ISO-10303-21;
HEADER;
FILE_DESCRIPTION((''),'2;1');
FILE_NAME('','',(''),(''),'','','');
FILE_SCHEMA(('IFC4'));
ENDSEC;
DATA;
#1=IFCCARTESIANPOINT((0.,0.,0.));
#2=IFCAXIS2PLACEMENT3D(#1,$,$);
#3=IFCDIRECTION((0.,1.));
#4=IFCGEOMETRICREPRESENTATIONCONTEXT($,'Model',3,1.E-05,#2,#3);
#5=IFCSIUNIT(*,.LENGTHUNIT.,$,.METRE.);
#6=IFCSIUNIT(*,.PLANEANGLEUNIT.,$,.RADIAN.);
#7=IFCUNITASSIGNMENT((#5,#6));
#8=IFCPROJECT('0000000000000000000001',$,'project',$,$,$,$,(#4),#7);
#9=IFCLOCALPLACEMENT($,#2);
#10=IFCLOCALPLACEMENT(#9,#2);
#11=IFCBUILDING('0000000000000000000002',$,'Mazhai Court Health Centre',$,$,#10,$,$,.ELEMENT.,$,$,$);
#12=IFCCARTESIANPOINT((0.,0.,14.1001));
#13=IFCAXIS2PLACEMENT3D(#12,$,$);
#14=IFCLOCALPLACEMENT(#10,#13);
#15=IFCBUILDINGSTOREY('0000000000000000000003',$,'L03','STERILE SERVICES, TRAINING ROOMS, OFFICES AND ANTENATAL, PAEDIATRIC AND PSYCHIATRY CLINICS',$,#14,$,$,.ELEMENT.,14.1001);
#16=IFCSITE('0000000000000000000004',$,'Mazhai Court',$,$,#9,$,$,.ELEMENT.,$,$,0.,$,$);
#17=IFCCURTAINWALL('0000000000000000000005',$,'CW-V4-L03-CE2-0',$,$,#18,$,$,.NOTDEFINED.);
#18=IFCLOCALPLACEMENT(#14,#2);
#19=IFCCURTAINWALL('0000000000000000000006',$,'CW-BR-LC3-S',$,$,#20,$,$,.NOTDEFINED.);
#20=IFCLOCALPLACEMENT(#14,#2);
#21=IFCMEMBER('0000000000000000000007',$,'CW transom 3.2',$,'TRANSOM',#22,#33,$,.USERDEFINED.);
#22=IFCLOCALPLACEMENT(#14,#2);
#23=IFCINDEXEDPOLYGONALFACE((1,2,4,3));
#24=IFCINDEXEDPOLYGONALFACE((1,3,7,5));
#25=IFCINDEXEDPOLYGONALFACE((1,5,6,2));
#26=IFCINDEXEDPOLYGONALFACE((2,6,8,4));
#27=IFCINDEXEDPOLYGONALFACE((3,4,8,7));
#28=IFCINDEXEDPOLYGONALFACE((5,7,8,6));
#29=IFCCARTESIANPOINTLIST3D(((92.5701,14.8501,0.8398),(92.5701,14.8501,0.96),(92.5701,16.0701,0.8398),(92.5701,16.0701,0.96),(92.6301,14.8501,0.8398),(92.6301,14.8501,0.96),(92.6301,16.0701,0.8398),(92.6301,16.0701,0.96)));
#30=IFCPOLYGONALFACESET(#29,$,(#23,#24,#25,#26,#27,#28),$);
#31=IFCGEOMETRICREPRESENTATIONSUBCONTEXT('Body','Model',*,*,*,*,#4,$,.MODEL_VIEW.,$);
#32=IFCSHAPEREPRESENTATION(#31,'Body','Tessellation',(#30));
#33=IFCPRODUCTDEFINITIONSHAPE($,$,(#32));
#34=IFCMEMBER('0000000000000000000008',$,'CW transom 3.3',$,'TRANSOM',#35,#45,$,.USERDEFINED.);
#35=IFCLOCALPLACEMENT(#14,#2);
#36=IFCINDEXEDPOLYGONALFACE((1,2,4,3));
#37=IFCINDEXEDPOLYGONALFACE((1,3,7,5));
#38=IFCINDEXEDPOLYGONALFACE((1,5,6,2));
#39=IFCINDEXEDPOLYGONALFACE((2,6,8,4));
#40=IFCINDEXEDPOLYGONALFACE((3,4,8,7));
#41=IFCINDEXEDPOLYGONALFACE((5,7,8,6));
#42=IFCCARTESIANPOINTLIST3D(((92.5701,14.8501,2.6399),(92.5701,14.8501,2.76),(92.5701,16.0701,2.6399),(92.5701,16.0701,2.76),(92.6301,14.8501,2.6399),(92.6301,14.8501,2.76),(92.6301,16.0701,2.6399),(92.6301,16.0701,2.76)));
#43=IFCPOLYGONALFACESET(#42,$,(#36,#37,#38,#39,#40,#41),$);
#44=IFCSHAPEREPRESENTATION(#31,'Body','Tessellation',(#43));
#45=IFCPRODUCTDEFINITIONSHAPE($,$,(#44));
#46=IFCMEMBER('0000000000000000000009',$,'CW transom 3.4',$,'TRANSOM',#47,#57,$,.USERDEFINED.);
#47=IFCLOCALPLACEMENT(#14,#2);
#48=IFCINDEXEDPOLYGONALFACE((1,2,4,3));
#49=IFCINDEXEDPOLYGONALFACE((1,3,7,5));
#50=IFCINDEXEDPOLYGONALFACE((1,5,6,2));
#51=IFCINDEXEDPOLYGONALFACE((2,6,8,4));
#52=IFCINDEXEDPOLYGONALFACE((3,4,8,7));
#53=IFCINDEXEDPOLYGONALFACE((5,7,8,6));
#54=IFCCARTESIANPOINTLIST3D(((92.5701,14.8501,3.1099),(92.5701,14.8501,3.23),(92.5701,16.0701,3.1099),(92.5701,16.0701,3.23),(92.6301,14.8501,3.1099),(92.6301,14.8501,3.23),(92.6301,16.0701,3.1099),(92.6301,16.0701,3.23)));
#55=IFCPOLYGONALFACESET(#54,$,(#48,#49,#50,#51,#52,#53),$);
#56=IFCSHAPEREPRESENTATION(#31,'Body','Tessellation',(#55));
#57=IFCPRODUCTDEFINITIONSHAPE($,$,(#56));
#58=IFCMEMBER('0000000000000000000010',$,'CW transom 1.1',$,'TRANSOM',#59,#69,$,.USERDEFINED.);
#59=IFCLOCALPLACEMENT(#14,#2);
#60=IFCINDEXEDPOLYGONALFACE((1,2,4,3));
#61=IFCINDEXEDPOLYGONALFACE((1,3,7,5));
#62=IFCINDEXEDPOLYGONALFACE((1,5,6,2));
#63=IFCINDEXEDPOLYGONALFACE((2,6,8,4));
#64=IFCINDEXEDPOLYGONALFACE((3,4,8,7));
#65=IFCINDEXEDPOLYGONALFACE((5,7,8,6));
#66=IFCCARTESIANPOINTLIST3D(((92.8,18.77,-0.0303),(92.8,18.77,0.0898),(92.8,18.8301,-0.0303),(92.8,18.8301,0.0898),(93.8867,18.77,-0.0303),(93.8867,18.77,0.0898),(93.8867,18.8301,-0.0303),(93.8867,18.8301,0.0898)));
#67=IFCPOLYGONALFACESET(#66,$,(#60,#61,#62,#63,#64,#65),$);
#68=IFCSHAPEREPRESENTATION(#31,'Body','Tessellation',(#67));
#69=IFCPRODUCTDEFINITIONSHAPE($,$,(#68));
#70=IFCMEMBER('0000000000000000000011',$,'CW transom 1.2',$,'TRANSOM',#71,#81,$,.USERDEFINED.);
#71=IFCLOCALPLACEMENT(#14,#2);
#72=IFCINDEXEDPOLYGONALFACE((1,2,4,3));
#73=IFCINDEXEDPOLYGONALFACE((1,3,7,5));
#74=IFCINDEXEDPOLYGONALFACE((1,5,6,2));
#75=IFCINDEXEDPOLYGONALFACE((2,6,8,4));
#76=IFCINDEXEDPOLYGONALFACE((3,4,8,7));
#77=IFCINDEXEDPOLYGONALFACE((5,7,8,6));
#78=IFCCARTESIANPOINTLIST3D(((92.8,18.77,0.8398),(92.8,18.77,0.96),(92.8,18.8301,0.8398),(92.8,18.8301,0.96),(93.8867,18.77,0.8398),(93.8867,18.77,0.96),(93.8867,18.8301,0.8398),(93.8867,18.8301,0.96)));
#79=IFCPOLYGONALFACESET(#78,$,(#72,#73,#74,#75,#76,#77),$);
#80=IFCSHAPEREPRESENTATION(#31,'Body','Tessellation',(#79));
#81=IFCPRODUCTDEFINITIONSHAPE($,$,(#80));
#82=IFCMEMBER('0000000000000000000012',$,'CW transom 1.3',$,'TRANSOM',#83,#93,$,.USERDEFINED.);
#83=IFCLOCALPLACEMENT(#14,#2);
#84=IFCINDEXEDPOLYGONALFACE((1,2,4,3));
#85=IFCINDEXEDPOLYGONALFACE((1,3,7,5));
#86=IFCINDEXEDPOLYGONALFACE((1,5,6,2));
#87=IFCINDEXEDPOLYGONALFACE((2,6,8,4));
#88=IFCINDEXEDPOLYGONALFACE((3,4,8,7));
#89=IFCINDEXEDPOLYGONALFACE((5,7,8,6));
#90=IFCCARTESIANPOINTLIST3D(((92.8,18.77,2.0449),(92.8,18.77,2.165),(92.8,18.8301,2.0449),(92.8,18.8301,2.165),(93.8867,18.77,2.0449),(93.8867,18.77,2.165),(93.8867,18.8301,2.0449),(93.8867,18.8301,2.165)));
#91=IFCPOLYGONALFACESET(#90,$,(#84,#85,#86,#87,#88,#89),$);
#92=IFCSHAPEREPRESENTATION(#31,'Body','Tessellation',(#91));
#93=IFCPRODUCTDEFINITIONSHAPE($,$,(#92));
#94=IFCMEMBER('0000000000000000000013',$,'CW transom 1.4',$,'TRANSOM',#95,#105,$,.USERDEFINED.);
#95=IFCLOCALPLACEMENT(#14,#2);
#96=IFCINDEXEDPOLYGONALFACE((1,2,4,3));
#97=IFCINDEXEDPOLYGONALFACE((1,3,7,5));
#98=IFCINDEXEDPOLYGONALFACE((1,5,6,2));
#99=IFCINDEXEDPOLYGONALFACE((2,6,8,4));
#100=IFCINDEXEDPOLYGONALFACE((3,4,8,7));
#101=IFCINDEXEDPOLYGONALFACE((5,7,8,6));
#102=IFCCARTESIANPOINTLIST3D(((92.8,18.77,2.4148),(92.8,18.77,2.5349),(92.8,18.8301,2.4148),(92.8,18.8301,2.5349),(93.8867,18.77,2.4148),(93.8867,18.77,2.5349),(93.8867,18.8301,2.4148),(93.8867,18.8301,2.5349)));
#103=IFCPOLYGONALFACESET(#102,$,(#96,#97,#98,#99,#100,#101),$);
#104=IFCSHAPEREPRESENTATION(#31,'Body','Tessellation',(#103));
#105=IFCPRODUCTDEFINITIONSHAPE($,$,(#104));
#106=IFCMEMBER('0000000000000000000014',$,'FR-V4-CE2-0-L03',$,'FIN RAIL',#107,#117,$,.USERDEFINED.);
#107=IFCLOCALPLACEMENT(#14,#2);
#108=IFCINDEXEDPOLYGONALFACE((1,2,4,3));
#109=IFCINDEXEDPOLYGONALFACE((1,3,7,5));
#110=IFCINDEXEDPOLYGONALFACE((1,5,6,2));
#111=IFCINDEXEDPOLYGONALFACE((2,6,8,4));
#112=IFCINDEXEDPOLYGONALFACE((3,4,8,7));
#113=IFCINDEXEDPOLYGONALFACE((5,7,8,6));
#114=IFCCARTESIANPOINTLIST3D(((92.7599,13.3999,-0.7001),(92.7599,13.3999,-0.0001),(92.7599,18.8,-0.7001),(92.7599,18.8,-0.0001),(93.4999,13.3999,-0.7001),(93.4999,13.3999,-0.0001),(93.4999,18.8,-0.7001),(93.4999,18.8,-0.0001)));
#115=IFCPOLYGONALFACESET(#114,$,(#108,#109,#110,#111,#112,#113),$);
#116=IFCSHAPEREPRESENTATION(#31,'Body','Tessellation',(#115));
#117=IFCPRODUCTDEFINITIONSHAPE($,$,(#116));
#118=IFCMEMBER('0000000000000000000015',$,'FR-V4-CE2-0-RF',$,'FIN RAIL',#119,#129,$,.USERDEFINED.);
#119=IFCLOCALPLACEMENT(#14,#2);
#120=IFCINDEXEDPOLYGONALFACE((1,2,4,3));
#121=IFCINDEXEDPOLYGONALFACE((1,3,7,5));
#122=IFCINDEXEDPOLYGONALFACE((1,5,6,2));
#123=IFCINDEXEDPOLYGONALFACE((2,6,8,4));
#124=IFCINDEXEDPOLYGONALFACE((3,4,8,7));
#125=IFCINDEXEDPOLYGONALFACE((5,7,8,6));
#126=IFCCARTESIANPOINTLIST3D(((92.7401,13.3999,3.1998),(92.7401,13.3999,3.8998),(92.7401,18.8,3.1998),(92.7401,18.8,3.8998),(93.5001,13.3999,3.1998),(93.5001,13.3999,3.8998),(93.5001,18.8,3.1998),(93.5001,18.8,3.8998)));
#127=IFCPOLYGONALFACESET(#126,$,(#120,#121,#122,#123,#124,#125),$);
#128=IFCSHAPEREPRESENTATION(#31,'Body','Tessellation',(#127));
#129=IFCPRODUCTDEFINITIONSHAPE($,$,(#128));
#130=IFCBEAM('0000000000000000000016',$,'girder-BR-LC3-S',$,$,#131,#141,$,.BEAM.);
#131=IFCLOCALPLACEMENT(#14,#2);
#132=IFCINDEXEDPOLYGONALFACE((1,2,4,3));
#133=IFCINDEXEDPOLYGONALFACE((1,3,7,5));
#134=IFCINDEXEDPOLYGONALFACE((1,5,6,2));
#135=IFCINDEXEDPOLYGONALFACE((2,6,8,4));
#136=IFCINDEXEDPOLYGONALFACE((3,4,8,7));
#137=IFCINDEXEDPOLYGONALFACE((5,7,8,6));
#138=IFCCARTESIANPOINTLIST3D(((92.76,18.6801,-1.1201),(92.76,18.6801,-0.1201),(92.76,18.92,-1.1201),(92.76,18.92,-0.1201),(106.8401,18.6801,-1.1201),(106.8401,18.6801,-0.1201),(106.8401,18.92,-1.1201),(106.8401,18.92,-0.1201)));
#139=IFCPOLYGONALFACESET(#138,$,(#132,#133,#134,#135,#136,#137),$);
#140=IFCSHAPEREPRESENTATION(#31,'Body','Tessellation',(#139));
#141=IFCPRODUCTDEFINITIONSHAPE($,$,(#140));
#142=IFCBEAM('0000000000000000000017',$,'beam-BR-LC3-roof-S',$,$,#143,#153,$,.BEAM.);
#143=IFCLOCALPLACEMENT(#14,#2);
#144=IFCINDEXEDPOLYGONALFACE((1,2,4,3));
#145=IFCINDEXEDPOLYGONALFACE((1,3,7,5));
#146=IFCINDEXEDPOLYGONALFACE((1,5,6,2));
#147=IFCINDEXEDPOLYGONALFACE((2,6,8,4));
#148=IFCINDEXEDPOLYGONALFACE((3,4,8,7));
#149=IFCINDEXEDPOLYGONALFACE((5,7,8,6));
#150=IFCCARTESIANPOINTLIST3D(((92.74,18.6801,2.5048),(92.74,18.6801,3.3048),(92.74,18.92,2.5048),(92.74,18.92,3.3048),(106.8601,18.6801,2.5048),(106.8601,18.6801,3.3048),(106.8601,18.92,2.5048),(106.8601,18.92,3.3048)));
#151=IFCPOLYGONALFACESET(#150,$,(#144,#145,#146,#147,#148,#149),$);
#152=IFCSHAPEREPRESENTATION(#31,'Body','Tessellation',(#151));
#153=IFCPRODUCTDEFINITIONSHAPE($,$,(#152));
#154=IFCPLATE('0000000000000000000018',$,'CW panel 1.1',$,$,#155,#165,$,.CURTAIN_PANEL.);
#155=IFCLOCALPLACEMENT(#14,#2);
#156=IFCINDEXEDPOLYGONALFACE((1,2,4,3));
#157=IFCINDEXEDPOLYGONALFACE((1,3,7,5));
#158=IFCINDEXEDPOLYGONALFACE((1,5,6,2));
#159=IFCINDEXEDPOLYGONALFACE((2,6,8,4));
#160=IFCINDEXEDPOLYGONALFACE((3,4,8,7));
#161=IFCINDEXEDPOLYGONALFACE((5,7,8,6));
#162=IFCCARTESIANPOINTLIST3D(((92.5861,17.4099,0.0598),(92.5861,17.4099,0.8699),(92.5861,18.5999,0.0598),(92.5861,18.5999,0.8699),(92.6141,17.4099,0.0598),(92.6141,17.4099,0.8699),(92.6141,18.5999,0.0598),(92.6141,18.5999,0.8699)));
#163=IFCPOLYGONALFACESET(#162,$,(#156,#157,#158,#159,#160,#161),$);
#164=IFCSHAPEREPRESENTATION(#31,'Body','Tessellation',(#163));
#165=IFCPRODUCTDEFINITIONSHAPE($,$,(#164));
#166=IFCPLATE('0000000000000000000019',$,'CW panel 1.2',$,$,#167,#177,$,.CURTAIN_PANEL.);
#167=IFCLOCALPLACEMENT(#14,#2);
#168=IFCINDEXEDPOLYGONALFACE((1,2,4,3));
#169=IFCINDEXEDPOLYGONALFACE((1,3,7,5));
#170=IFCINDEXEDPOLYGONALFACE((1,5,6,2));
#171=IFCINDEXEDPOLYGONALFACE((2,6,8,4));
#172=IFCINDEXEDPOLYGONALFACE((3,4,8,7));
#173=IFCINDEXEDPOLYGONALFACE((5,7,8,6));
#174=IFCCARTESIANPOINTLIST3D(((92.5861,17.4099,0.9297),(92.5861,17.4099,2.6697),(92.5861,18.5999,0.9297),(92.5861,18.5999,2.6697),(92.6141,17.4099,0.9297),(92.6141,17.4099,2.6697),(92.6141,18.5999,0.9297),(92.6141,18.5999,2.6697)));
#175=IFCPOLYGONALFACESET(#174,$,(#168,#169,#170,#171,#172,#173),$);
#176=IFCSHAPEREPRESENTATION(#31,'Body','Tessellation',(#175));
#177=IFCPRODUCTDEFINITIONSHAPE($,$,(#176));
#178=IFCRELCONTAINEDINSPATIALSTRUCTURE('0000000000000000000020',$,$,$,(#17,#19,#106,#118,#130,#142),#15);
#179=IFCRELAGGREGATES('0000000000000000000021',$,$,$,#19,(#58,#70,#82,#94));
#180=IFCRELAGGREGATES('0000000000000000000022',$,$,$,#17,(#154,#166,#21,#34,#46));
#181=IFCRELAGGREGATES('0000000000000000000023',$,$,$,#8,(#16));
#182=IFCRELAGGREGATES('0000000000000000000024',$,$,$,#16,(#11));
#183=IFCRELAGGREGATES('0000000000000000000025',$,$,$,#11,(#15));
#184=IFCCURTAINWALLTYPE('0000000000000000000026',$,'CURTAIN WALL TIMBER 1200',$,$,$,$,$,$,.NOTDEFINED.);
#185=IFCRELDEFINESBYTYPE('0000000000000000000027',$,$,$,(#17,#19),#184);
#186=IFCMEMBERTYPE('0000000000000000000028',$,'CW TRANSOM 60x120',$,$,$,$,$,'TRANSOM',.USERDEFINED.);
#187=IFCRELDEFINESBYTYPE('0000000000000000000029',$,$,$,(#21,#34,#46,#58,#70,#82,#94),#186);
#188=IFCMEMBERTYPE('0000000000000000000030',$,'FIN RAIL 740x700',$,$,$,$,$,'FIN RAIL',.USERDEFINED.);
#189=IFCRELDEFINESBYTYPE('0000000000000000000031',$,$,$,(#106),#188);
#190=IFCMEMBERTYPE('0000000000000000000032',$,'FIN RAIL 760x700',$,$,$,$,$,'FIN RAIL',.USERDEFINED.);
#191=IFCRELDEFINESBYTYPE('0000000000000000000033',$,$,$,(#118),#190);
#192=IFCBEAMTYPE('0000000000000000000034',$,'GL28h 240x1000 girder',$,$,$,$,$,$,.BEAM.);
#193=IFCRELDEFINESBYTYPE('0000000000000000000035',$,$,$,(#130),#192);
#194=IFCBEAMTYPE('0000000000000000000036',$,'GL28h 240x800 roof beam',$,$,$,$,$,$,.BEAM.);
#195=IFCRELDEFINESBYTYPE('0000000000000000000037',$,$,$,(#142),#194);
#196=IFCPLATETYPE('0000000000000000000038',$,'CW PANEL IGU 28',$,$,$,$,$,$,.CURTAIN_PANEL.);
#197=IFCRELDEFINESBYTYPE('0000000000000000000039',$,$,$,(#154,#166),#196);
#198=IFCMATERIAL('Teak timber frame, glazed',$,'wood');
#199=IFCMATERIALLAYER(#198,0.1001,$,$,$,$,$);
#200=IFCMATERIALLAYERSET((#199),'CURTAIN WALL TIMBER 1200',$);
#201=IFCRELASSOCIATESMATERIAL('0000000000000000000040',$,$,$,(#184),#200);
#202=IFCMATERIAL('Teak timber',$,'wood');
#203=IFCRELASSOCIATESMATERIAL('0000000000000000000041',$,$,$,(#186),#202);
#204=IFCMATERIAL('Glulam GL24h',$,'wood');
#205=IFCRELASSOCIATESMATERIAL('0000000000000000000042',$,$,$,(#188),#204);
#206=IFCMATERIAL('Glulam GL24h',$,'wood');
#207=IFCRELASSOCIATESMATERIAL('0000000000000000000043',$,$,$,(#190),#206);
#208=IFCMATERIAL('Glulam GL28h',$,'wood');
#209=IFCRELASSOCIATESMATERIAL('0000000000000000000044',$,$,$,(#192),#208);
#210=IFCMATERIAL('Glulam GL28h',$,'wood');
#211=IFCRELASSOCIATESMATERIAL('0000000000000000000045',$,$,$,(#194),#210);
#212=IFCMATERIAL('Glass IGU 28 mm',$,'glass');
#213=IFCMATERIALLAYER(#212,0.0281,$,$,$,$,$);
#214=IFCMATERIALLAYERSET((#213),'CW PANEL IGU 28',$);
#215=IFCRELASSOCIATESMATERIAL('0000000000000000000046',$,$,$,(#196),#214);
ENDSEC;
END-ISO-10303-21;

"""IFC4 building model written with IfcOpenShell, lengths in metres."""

from ifc_helpers import new_model, si_unit, direction, frame, origin, origin_2d, place, context, subcontext, project, spatial, rectangle, extrude, material, layer, layer_set, material_profile, profile_set, type_object, element, aggregate, save


model = new_model("IFC4")

# Units and contexts
model_context = context("Model", 3, precision=1e-05, world=origin(), true_north=direction((0.0, 1.0)))
body_context = subcontext(model_context, "Body", "Model", "MODEL_VIEW")
ifc_project = project(units=[si_unit("LENGTHUNIT", "METRE"), si_unit("PLANEANGLEUNIT", "RADIAN")], contexts=[model_context])

# Site, building, storey
site_placement = place(None, origin())
site = spatial("IfcSite", under=ifc_project, at=site_placement, Name="Mazhai Court", CompositionType="ELEMENT", RefElevation=0.0)
building_placement = place(site_placement, origin())
building = spatial("IfcBuilding", under=site, at=building_placement, Name="Mazhai Court Health Centre", CompositionType="ELEMENT")
storey_placement = place(building_placement, frame((0.0, 0.0, 14.1001)))
storey = spatial("IfcBuildingStorey", under=building, at=storey_placement, Name="L03", Description="STERILE SERVICES, TRAINING ROOMS, OFFICES AND ANTENATAL, PAEDIATRIC AND PSYCHIATRY CLINICS", CompositionType="ELEMENT", Elevation=14.1001)

# Curtain wall
ifc_material_1 = material(Name="Teak timber frame, glazed", Category="wood")
ifc_layer_1 = layer(ifc_material_1, 0.1001)
ifc_layer_set_1 = layer_set([ifc_layer_1], Name="CURTAIN WALL TIMBER 1200")
curtain_wall_type = type_object("IfcCurtainWallType", Name="CURTAIN WALL TIMBER 1200", PredefinedType="NOTDEFINED", material=ifc_layer_set_1)
curtain_wall_1_placement = place(storey_placement, origin())
curtain_wall_1 = element("IfcCurtainWall", 1, at=curtain_wall_1_placement, inside=storey, type_object=curtain_wall_type, Name="CW-V4-L03-CE2-0", PredefinedType="NOTDEFINED")

# Curtain wall
curtain_wall_2_placement = place(storey_placement, origin())
curtain_wall_2 = element("IfcCurtainWall", 2, at=curtain_wall_2_placement, inside=storey, type_object=curtain_wall_type, Name="CW-BR-LC3-S", PredefinedType="NOTDEFINED")

# Members
ifc_material_2 = material(Name="Teak timber", Category="wood")
ifc_material_profile_1 = material_profile(ifc_material_2, rectangle(XDim=0.0601, YDim=0.1201, at=origin_2d()), Name="CW TRANSOM 60x120")
ifc_profile_set_1 = profile_set([ifc_material_profile_1], Name="Teak timber")
member_type_1 = type_object("IfcMemberType", Name="CW TRANSOM 60x120", ElementType="TRANSOM", PredefinedType="USERDEFINED", material=ifc_profile_set_1)
member_1_placement = place(storey_placement, frame((92.6001, 16.0701, 0.8999), z_axis=(0.0, -1.0, 0.0), x_axis=(1.0, 0.0, 0.0)))
member_1 = element("IfcMember", 3, at=member_1_placement, type_object=member_type_1, Name="CW transom 3.2", ObjectType="TRANSOM", PredefinedType="USERDEFINED", context=body_context, shape_type="SweptSolid", body=[
    extrude(rectangle(XDim=0.0601, YDim=0.1201, at=origin_2d()), origin(), (0.0, 0.0, 1.0), 1.22),
])
member_2_placement = place(storey_placement, frame((92.6001, 16.0701, 2.7), z_axis=(0.0, -1.0, 0.0), x_axis=(1.0, 0.0, 0.0)))
member_2 = element("IfcMember", 4, at=member_2_placement, type_object=member_type_1, Name="CW transom 3.3", ObjectType="TRANSOM", PredefinedType="USERDEFINED", context=body_context, shape_type="SweptSolid", body=[
    extrude(rectangle(XDim=0.0601, YDim=0.1201, at=origin_2d()), origin(), (0.0, 0.0, 1.0), 1.22),
])
member_3_placement = place(storey_placement, frame((92.6001, 16.0701, 3.1699), z_axis=(0.0, -1.0, 0.0), x_axis=(1.0, 0.0, 0.0)))
member_3 = element("IfcMember", 5, at=member_3_placement, type_object=member_type_1, Name="CW transom 3.4", ObjectType="TRANSOM", PredefinedType="USERDEFINED", context=body_context, shape_type="SweptSolid", body=[
    extrude(rectangle(XDim=0.0601, YDim=0.1201, at=origin_2d()), origin(), (0.0, 0.0, 1.0), 1.22),
])
member_4_placement = place(storey_placement, frame((92.8, 18.8, 0.0298), z_axis=(1.0, 0.0, 0.0), x_axis=(0.0, 1.0, 0.0)))
member_4 = element("IfcMember", 6, at=member_4_placement, type_object=member_type_1, Name="CW transom 1.1", ObjectType="TRANSOM", PredefinedType="USERDEFINED", context=body_context, shape_type="SweptSolid", body=[
    extrude(rectangle(XDim=0.0601, YDim=0.1201, at=origin_2d()), origin(), (0.0, 0.0, 1.0), 1.0867),
])
member_5_placement = place(storey_placement, frame((92.8, 18.8, 0.8999), z_axis=(1.0, 0.0, 0.0), x_axis=(0.0, 1.0, 0.0)))
member_5 = element("IfcMember", 7, at=member_5_placement, type_object=member_type_1, Name="CW transom 1.2", ObjectType="TRANSOM", PredefinedType="USERDEFINED", context=body_context, shape_type="SweptSolid", body=[
    extrude(rectangle(XDim=0.0601, YDim=0.1201, at=origin_2d()), origin(), (0.0, 0.0, 1.0), 1.0867),
])
member_6_placement = place(storey_placement, frame((92.8, 18.8, 2.105), z_axis=(1.0, 0.0, 0.0), x_axis=(0.0, 1.0, 0.0)))
member_6 = element("IfcMember", 8, at=member_6_placement, type_object=member_type_1, Name="CW transom 1.3", ObjectType="TRANSOM", PredefinedType="USERDEFINED", context=body_context, shape_type="SweptSolid", body=[
    extrude(rectangle(XDim=0.0601, YDim=0.1201, at=origin_2d()), origin(), (0.0, 0.0, 1.0), 1.0867),
])
member_7_placement = place(storey_placement, frame((92.8, 18.8, 2.4749), z_axis=(1.0, 0.0, 0.0), x_axis=(0.0, 1.0, 0.0)))
member_7 = element("IfcMember", 9, at=member_7_placement, type_object=member_type_1, Name="CW transom 1.4", ObjectType="TRANSOM", PredefinedType="USERDEFINED", context=body_context, shape_type="SweptSolid", body=[
    extrude(rectangle(XDim=0.0601, YDim=0.1201, at=origin_2d()), origin(), (0.0, 0.0, 1.0), 1.0867),
])
aggregate(curtain_wall_2, [member_4, member_5, member_6, member_7])

# Members
ifc_material_3 = material(Name="Glulam GL24h", Category="wood")
ifc_material_profile_2 = material_profile(ifc_material_3, rectangle(XDim=0.74, YDim=0.7, at=origin_2d()), Name="FIN RAIL 740x700")
ifc_profile_set_2 = profile_set([ifc_material_profile_2], Name="Glulam GL24h")
member_type_2 = type_object("IfcMemberType", Name="FIN RAIL 740x700", ElementType="FIN RAIL", PredefinedType="USERDEFINED", material=ifc_profile_set_2)
member_8_placement = place(storey_placement, frame((93.1299, 18.8, -0.3501), z_axis=(0.0, -1.0, 0.0), x_axis=(1.0, 0.0, 0.0)))
element("IfcMember", 10, at=member_8_placement, inside=storey, type_object=member_type_2, Name="FR-V4-CE2-0-L03", ObjectType="FIN RAIL", PredefinedType="USERDEFINED", context=body_context, shape_type="SweptSolid", body=[
    extrude(rectangle(XDim=0.74, YDim=0.7, at=origin_2d()), origin(), (0.0, 0.0, 1.0), 5.4001),
])
ifc_material_4 = material(Name="Glulam GL24h", Category="wood")
ifc_material_profile_3 = material_profile(ifc_material_4, rectangle(XDim=0.76, YDim=0.7, at=origin_2d()), Name="FIN RAIL 760x700")
ifc_profile_set_3 = profile_set([ifc_material_profile_3], Name="Glulam GL24h")
member_type_3 = type_object("IfcMemberType", Name="FIN RAIL 760x700", ElementType="FIN RAIL", PredefinedType="USERDEFINED", material=ifc_profile_set_3)
member_9_placement = place(storey_placement, frame((93.1201, 18.8, 3.5498), z_axis=(0.0, -1.0, 0.0), x_axis=(1.0, 0.0, 0.0)))
element("IfcMember", 11, at=member_9_placement, inside=storey, type_object=member_type_3, Name="FR-V4-CE2-0-RF", ObjectType="FIN RAIL", PredefinedType="USERDEFINED", context=body_context, shape_type="SweptSolid", body=[
    extrude(rectangle(XDim=0.76, YDim=0.7, at=origin_2d()), origin(), (0.0, 0.0, 1.0), 5.4001),
])

# Beams
ifc_material_5 = material(Name="Glulam GL28h", Category="wood")
ifc_material_profile_4 = material_profile(ifc_material_5, rectangle(XDim=0.24, YDim=1.0, at=origin_2d()), Name="GL28h 240x1000")
ifc_profile_set_4 = profile_set([ifc_material_profile_4], Name="Glulam GL28h")
beam_type_1 = type_object("IfcBeamType", Name="GL28h 240x1000 girder", PredefinedType="BEAM", material=ifc_profile_set_4)
beam_1_placement = place(storey_placement, frame((92.76, 18.8, -0.6201), z_axis=(1.0, 0.0, 0.0), x_axis=(0.0, 1.0, 0.0)))
element("IfcBeam", 12, at=beam_1_placement, inside=storey, type_object=beam_type_1, Name="girder-BR-LC3-S", PredefinedType="BEAM", context=body_context, shape_type="SweptSolid", body=[
    extrude(rectangle(XDim=0.24, YDim=1.0, at=origin_2d()), origin(), (0.0, 0.0, 1.0), 14.0801),
])
ifc_material_6 = material(Name="Glulam GL28h", Category="wood")
ifc_material_profile_5 = material_profile(ifc_material_6, rectangle(XDim=0.24, YDim=0.8, at=origin_2d()), Name="GL28h 240x800")
ifc_profile_set_5 = profile_set([ifc_material_profile_5], Name="Glulam GL28h")
beam_type_2 = type_object("IfcBeamType", Name="GL28h 240x800 roof beam", PredefinedType="BEAM", material=ifc_profile_set_5)
beam_2_placement = place(storey_placement, frame((92.74, 18.8, 2.9048), z_axis=(1.0, 0.0, 0.0), x_axis=(0.0, 1.0, 0.0)))
element("IfcBeam", 13, at=beam_2_placement, inside=storey, type_object=beam_type_2, Name="beam-BR-LC3-roof-S", PredefinedType="BEAM", context=body_context, shape_type="SweptSolid", body=[
    extrude(rectangle(XDim=0.24, YDim=0.8, at=origin_2d()), origin(), (0.0, 0.0, 1.0), 14.1201),
])

# Plates
ifc_material_7 = material(Name="Glass IGU 28 mm", Category="glass")
ifc_layer_2 = layer(ifc_material_7, 0.0281)
ifc_layer_set_2 = layer_set([ifc_layer_2], Name="CW PANEL IGU 28")
plate_type = type_object("IfcPlateType", Name="CW PANEL IGU 28", PredefinedType="CURTAIN_PANEL", material=ifc_layer_set_2)
plate_1_placement = place(storey_placement, frame((92.6001, 18.0049, 0.0598), z_axis=(0.0, 0.0, 1.0), x_axis=(0.0, -1.0, 0.0)))
plate_1 = element("IfcPlate", 14, at=plate_1_placement, type_object=plate_type, Name="CW panel 1.1", PredefinedType="CURTAIN_PANEL", context=body_context, shape_type="SweptSolid", body=[
    extrude(rectangle(XDim=1.1899, YDim=0.0281, at=origin_2d()), origin(), (0.0, 0.0, 1.0), 0.8101),
])
plate_2_placement = place(storey_placement, frame((92.6001, 18.0049, 0.9297), z_axis=(0.0, 0.0, 1.0), x_axis=(0.0, -1.0, 0.0)))
plate_2 = element("IfcPlate", 15, at=plate_2_placement, type_object=plate_type, Name="CW panel 1.2", PredefinedType="CURTAIN_PANEL", context=body_context, shape_type="SweptSolid", body=[
    extrude(rectangle(XDim=1.1899, YDim=0.0281, at=origin_2d()), origin(), (0.0, 0.0, 1.0), 1.74),
])
aggregate(curtain_wall_1, [plate_1, plate_2, member_1, member_2, member_3])

save(model, "model.ifc")
